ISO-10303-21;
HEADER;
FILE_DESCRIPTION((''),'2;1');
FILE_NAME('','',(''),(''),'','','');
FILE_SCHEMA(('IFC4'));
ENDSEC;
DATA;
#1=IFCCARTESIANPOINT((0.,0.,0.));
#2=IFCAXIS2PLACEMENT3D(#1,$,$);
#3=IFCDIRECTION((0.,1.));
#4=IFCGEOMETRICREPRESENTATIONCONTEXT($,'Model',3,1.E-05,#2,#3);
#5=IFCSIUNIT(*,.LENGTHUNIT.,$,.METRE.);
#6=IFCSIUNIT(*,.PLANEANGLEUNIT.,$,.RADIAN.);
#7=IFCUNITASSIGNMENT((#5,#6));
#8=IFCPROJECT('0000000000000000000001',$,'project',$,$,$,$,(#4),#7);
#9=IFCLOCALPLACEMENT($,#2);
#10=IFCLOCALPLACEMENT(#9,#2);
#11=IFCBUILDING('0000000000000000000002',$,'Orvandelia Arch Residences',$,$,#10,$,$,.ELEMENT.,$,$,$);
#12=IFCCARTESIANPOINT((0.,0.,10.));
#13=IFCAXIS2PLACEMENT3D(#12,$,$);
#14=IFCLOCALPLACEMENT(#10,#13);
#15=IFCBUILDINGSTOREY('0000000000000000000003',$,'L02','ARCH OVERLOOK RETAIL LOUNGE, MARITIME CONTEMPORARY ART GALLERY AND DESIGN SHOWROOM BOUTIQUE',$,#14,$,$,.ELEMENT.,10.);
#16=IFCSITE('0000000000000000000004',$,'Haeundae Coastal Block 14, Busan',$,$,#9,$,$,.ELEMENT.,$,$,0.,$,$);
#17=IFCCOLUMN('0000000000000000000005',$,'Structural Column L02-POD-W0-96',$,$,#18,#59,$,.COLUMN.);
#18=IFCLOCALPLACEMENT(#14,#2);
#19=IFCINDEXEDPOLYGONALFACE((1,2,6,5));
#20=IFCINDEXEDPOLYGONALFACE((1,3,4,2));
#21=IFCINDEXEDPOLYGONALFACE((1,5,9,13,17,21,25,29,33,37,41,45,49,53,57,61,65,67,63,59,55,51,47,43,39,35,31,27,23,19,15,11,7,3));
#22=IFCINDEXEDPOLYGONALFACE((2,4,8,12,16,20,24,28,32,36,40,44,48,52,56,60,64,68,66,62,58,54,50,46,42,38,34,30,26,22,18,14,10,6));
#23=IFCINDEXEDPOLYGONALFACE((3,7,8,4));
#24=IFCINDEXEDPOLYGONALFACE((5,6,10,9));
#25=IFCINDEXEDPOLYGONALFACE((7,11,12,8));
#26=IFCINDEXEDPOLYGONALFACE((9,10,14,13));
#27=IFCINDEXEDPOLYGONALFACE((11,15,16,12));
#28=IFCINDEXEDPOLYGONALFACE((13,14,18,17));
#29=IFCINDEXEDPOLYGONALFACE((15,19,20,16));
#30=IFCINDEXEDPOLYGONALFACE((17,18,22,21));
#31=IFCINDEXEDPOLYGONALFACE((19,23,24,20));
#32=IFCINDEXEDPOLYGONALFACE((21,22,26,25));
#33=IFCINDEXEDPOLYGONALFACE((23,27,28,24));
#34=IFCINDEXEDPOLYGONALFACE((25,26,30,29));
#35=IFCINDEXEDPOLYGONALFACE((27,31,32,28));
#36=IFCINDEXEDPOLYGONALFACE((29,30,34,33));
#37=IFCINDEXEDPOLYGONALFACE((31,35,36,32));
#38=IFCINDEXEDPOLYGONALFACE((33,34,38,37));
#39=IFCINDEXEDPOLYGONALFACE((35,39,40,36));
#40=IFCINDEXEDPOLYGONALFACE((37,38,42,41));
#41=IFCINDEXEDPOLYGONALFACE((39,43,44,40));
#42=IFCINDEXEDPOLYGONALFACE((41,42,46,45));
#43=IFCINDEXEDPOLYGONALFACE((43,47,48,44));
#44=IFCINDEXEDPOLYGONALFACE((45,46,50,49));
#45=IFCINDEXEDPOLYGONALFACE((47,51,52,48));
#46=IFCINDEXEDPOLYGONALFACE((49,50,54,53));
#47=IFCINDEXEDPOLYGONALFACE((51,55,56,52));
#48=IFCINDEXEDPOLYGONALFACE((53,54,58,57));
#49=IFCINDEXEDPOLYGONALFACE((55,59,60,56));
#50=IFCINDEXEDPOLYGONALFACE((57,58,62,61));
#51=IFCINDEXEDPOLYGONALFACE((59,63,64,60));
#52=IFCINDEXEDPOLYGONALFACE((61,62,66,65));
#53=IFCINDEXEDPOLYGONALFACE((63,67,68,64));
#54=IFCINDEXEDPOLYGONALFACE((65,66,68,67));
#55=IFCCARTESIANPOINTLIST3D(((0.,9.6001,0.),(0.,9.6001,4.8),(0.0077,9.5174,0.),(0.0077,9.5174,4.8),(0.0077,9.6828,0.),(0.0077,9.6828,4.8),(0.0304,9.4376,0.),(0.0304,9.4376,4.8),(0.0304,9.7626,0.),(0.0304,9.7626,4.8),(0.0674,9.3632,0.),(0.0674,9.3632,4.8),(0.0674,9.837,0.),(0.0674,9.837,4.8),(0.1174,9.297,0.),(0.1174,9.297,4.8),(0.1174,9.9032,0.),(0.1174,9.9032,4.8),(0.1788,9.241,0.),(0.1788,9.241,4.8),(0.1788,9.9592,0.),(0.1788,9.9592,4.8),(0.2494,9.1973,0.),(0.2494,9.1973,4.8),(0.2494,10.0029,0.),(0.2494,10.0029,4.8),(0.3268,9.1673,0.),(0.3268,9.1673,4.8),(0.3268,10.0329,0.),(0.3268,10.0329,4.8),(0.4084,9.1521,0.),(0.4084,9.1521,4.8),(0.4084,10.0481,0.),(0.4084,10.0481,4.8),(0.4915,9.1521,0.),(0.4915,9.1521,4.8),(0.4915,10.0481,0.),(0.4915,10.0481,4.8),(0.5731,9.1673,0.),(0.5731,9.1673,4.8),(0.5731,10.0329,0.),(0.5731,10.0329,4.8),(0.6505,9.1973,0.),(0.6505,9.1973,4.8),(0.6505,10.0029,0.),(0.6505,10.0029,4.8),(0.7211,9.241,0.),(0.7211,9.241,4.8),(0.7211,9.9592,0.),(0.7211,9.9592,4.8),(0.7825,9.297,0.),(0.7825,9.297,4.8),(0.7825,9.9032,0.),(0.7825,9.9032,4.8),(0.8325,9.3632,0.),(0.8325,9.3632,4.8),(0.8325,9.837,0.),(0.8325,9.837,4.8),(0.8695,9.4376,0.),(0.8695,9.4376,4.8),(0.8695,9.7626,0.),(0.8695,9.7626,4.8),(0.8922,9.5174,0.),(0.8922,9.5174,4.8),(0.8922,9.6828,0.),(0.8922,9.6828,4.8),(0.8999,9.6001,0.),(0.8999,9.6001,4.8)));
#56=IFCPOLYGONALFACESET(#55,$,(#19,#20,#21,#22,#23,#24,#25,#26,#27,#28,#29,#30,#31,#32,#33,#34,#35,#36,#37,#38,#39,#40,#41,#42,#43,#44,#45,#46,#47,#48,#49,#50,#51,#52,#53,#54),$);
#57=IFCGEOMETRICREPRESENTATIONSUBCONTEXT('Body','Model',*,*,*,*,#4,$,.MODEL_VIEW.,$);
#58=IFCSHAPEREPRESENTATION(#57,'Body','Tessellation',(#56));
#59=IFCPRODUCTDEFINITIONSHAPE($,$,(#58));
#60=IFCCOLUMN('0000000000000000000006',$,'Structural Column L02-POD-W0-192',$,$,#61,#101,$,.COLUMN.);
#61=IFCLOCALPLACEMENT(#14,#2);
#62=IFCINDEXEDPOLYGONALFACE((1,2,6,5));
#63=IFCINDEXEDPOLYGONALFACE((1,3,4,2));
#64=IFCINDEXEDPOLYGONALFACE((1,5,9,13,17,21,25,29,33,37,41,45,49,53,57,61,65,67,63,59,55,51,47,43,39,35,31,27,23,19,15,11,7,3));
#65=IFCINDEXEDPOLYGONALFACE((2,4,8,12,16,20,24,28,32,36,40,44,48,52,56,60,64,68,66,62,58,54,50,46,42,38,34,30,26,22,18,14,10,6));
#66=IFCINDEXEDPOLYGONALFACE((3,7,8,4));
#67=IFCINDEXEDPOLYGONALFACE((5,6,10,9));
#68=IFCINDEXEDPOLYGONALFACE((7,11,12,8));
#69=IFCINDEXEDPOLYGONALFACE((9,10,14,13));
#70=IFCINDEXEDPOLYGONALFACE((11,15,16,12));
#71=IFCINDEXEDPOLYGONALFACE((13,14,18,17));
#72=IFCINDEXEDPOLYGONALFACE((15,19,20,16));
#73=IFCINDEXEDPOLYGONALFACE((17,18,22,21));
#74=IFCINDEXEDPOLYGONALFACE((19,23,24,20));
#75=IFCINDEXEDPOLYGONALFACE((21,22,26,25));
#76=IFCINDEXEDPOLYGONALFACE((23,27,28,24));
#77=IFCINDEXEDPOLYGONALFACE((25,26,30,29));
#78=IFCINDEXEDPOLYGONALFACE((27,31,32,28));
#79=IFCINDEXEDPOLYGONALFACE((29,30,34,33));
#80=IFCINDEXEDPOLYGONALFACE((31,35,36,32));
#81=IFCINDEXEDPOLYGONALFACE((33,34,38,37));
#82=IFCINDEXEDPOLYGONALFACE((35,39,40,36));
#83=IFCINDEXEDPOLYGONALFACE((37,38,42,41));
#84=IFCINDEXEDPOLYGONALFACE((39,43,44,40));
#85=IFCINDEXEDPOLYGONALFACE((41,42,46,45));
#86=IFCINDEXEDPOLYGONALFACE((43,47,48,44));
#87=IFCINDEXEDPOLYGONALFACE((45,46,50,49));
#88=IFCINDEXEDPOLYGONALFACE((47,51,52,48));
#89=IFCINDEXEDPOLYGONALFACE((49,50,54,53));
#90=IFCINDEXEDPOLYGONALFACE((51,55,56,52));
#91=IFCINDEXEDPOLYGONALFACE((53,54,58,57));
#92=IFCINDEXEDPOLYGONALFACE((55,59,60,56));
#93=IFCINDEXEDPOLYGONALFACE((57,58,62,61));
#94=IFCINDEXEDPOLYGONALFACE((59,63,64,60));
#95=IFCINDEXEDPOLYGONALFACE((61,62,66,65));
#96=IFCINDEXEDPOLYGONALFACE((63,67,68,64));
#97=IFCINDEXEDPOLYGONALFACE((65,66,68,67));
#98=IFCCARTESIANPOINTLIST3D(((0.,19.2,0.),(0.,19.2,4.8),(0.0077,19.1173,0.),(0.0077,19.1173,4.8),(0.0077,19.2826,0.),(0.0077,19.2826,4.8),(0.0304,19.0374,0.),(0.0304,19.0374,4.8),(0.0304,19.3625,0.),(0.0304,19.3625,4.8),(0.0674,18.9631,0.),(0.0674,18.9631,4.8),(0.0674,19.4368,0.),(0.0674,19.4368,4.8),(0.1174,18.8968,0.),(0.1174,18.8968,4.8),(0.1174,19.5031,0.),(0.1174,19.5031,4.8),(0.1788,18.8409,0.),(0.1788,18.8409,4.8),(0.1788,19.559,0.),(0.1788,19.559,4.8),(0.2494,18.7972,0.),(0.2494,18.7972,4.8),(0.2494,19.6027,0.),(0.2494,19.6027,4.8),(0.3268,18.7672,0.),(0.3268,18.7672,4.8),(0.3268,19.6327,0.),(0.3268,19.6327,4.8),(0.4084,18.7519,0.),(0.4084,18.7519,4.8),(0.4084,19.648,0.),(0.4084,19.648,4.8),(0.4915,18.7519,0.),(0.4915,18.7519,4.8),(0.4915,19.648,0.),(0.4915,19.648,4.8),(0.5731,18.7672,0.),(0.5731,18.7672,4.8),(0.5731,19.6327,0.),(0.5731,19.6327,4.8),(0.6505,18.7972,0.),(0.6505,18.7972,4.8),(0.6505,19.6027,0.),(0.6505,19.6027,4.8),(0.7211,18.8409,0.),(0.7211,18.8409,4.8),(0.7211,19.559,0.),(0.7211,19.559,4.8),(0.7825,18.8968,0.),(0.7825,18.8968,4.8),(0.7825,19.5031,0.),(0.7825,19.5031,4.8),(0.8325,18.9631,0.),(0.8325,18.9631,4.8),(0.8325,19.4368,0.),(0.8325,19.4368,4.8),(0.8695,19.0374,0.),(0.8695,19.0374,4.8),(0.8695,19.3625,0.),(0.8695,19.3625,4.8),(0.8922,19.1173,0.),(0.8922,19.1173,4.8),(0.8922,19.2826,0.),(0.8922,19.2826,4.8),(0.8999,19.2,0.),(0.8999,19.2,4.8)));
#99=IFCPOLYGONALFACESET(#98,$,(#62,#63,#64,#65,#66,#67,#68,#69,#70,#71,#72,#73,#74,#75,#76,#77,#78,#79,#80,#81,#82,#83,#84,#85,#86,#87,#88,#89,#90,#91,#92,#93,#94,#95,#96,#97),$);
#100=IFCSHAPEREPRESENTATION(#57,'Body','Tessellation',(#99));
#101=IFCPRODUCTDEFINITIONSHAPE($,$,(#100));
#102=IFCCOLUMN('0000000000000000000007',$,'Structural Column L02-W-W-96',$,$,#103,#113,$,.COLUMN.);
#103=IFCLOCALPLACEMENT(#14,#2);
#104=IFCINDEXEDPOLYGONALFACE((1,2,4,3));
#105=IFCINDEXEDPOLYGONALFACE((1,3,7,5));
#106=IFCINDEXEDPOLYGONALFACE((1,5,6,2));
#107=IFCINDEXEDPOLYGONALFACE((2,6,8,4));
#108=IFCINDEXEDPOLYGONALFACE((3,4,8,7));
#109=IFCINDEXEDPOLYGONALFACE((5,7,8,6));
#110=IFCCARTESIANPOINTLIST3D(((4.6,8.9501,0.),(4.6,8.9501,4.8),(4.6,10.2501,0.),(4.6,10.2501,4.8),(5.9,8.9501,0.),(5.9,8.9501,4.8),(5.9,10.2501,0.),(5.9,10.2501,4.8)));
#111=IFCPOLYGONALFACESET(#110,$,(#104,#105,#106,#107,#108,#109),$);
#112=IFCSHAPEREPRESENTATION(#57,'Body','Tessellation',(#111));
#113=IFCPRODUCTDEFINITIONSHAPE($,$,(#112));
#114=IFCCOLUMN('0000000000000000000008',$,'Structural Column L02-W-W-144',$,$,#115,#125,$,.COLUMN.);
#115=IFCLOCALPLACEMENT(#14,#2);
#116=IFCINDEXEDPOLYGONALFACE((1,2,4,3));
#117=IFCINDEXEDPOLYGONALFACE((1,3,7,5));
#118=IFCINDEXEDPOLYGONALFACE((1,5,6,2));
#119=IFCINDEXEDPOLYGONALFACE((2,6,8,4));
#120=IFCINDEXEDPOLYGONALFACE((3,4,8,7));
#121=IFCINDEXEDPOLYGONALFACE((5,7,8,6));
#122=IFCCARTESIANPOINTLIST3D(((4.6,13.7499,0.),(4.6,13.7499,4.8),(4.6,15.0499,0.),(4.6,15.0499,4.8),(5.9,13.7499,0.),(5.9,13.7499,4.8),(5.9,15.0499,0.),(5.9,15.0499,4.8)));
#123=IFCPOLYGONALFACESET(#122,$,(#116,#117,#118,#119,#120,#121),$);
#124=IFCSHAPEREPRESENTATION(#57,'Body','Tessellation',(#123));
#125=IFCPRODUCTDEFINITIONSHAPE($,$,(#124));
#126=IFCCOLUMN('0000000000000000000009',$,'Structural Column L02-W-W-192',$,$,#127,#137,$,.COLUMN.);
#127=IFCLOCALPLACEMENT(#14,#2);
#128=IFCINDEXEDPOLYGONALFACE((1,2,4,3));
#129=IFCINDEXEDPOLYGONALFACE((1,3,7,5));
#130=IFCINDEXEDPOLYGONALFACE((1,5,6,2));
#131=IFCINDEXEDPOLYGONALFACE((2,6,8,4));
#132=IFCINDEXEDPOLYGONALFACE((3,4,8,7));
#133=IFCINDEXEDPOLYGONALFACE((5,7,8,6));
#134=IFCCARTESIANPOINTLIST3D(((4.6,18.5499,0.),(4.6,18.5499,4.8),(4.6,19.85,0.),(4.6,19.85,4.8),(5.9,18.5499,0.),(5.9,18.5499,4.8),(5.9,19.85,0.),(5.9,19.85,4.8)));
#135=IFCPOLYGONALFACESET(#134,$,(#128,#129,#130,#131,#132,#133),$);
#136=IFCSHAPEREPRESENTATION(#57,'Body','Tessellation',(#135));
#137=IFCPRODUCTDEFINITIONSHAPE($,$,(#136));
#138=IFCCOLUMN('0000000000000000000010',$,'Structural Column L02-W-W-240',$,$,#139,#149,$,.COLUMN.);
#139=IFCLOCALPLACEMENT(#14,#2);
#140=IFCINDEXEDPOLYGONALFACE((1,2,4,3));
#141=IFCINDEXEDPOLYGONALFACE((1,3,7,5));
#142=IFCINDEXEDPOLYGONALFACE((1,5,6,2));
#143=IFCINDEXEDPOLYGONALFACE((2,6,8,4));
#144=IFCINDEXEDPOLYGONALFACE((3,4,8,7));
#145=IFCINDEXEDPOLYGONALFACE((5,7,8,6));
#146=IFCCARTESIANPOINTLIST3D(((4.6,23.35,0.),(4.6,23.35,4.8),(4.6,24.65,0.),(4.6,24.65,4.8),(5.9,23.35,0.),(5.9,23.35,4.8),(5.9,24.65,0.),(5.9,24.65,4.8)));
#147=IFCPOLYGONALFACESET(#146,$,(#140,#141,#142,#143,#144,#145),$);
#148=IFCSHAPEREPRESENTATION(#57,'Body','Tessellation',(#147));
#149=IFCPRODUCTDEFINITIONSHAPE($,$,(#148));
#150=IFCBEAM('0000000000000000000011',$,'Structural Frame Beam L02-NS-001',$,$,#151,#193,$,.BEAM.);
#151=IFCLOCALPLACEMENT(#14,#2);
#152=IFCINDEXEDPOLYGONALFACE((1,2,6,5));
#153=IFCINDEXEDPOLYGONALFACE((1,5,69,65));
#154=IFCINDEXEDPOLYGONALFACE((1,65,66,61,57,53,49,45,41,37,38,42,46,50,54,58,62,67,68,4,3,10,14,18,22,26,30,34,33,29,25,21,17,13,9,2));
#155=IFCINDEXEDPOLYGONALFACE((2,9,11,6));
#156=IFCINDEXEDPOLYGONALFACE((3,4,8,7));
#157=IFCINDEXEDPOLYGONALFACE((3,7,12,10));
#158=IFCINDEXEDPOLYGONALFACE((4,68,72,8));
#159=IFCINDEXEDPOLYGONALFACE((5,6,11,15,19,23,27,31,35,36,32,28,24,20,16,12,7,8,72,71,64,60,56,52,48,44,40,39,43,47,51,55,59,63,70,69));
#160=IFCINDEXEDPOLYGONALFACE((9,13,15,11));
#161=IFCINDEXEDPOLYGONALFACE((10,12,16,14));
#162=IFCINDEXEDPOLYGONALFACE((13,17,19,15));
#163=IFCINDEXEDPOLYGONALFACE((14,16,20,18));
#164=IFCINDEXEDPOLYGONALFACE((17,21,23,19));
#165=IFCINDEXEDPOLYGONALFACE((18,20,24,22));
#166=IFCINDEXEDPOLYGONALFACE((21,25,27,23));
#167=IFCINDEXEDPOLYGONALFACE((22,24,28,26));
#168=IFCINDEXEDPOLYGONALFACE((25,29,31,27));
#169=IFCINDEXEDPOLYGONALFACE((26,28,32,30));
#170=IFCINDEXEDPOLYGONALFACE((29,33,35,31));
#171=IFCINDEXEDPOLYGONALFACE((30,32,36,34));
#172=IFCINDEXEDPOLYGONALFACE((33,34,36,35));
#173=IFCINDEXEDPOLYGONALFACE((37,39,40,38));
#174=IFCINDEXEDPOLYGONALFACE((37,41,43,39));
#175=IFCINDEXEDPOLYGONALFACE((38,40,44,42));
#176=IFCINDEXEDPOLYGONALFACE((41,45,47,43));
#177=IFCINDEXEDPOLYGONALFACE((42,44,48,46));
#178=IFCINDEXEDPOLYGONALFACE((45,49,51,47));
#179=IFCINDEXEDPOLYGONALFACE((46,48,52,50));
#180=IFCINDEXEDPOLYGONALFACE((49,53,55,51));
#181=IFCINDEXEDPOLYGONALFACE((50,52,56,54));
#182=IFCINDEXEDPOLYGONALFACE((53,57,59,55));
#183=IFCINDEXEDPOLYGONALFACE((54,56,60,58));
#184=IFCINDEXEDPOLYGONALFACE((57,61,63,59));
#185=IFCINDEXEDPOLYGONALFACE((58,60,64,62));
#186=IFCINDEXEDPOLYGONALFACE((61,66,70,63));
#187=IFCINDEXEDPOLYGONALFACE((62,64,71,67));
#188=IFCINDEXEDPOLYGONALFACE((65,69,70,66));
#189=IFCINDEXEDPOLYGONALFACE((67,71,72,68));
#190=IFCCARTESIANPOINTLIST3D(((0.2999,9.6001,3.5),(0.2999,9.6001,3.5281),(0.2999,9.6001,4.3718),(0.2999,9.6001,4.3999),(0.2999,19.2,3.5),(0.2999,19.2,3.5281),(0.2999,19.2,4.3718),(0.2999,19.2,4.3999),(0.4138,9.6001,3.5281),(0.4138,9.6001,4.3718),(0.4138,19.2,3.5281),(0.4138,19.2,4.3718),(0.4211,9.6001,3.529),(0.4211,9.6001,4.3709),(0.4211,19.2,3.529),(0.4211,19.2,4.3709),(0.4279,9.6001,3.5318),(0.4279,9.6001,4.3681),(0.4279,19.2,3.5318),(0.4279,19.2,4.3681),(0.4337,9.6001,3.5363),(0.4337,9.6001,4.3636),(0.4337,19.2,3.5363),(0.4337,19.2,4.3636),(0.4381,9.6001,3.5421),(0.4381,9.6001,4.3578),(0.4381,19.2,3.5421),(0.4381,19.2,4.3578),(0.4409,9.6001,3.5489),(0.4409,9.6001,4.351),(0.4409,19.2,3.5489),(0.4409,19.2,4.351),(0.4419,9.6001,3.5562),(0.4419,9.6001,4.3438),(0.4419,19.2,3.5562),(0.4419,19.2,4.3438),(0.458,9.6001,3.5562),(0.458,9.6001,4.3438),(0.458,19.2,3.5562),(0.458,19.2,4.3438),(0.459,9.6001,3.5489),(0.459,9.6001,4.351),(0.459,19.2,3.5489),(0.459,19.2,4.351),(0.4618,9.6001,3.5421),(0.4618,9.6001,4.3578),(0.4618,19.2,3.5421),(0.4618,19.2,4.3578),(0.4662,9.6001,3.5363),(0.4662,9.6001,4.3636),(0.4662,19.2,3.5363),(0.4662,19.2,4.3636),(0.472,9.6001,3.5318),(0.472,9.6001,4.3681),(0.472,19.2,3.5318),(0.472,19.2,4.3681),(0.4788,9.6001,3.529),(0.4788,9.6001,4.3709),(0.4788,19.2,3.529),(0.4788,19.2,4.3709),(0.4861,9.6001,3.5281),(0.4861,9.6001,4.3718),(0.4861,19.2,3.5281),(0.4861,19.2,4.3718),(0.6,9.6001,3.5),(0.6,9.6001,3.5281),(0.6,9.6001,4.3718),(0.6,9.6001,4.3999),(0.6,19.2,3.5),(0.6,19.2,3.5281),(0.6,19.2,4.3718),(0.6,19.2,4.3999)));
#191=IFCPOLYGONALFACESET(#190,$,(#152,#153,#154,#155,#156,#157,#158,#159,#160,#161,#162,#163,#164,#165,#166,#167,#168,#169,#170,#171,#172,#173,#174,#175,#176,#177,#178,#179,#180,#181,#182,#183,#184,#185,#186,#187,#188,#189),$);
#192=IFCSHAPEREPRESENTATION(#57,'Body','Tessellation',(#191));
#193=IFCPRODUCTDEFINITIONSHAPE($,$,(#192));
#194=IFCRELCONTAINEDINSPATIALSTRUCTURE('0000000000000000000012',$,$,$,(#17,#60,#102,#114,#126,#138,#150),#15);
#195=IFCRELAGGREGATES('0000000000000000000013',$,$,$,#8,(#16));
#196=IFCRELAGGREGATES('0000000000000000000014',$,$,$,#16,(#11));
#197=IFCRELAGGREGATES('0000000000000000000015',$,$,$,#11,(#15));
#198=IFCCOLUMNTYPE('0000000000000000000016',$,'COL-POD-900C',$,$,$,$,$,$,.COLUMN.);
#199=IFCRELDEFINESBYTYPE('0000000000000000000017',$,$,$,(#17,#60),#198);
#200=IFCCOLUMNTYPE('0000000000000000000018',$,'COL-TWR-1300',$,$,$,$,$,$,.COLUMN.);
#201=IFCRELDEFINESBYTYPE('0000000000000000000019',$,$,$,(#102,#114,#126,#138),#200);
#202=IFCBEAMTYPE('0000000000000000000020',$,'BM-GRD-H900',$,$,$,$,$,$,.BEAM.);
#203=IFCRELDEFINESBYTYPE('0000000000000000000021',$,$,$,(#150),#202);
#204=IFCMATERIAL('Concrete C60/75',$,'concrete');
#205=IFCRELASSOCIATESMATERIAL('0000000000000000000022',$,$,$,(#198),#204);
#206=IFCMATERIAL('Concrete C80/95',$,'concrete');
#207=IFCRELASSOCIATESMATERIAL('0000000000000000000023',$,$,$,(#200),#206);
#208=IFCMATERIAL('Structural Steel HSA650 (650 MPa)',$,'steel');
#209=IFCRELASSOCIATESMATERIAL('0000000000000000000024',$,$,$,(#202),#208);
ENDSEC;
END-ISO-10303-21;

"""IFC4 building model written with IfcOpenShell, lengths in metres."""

from ifc_helpers import new_model, si_unit, direction, frame, origin, origin_2d, place, context, subcontext, project, spatial, rectangle, circle, i_section, extrude, material, material_profile, profile_set, type_object, element, save


model = new_model("IFC4")

# Units and contexts
model_context = context("Model", 3, precision=1e-05, world=origin(), true_north=direction((0.0, 1.0)))
body_context = subcontext(model_context, "Body", "Model", "MODEL_VIEW")
ifc_project = project(units=[si_unit("LENGTHUNIT", "METRE"), si_unit("PLANEANGLEUNIT", "RADIAN")], contexts=[model_context])

# Site, building, storey
site_placement = place(None, origin())
site = spatial("IfcSite", under=ifc_project, at=site_placement, Name="Haeundae Coastal Block 14, Busan", CompositionType="ELEMENT", RefElevation=0.0)
building_placement = place(site_placement, origin())
building = spatial("IfcBuilding", under=site, at=building_placement, Name="Orvandelia Arch Residences", CompositionType="ELEMENT")
storey_placement = place(building_placement, frame((0.0, 0.0, 10.0)))
storey = spatial("IfcBuildingStorey", under=building, at=storey_placement, Name="L02", Description="ARCH OVERLOOK RETAIL LOUNGE, MARITIME CONTEMPORARY ART GALLERY AND DESIGN SHOWROOM BOUTIQUE", CompositionType="ELEMENT", Elevation=10.0)

# Columns
ifc_material_1 = material(Name="Concrete C60/75", Category="concrete")
ifc_material_profile_1 = material_profile(ifc_material_1, circle(Radius=0.45, at=origin_2d()), Name="Concrete C60/75", Category="concrete")
ifc_profile_set_1 = profile_set([ifc_material_profile_1], Name="Concrete C60/75")
column_type_1 = type_object("IfcColumnType", Name="COL-POD-900C", PredefinedType="COLUMN", material=ifc_profile_set_1)
for number, where, z_axis, x_axis, name in (
    (1, (0.45, 9.6001, 0.0), (0.0, 0.0, 1.0), (1.0, 0.0, 0.0), "Structural Column L02-POD-W0-96"),
    (2, (0.45, 19.2, 0.0), (0.0, 0.0, 1.0), (1.0, 0.0, 0.0), "Structural Column L02-POD-W0-192"),
):
    element("IfcColumn", number, at=place(storey_placement, frame(where, z_axis=z_axis, x_axis=x_axis)), inside=storey, type_object=column_type_1, Name=name, PredefinedType="COLUMN", context=body_context, shape_type="SweptSolid", body=[
        extrude(circle(Radius=0.45, at=origin_2d()), origin(), (0.0, 0.0, 1.0), 4.8),
    ])
ifc_material_2 = material(Name="Concrete C80/95", Category="concrete")
ifc_material_profile_2 = material_profile(ifc_material_2, rectangle(XDim=1.3, YDim=1.3, at=origin_2d()), Name="Concrete C80/95", Category="concrete")
ifc_profile_set_2 = profile_set([ifc_material_profile_2], Name="Concrete C80/95")
column_type_2 = type_object("IfcColumnType", Name="COL-TWR-1300", PredefinedType="COLUMN", material=ifc_profile_set_2)
for number, where, z_axis, x_axis, name in (
    (3, (5.25, 9.6001, 0.0), (0.0, 0.0, 1.0), (1.0, 0.0, 0.0), "Structural Column L02-W-W-96"),
    (4, (5.25, 14.3999, 0.0), (0.0, 0.0, 1.0), (1.0, 0.0, 0.0), "Structural Column L02-W-W-144"),
    (5, (5.25, 19.2, 0.0), (0.0, 0.0, 1.0), (1.0, 0.0, 0.0), "Structural Column L02-W-W-192"),
    (6, (5.25, 24.0, 0.0), (0.0, 0.0, 1.0), (1.0, 0.0, 0.0), "Structural Column L02-W-W-240"),
):
    element("IfcColumn", number, at=place(storey_placement, frame(where, z_axis=z_axis, x_axis=x_axis)), inside=storey, type_object=column_type_2, Name=name, PredefinedType="COLUMN", context=body_context, shape_type="SweptSolid", body=[
        extrude(rectangle(XDim=1.3, YDim=1.3, at=origin_2d()), origin(), (0.0, 0.0, 1.0), 4.8),
    ])

# Beam
ifc_material_3 = material(Name="Structural Steel HSA650 (650 MPa)", Category="steel")
ifc_material_profile_3 = material_profile(ifc_material_3, i_section(OverallWidth=0.3, OverallDepth=0.8999, WebThickness=0.0161, FlangeThickness=0.0281, FilletRadius=0.0281, at=origin_2d()), Name="Structural Steel HSA650 (650 MPa)", Category="steel")
ifc_profile_set_3 = profile_set([ifc_material_profile_3], Name="Structural Steel HSA650 (650 MPa)")
beam_type_1 = type_object("IfcBeamType", Name="BM-GRD-H900", PredefinedType="BEAM", material=ifc_profile_set_3)
beam_1_placement = place(storey_placement, frame((0.45, 9.6001, 3.95), z_axis=(0.0, 1.0, 0.0), x_axis=(-1.0, 0.0, 0.0)))
element("IfcBeam", 7, at=beam_1_placement, inside=storey, type_object=beam_type_1, Name="Structural Frame Beam L02-NS-001", PredefinedType="BEAM", context=body_context, shape_type="SweptSolid", body=[
    extrude(i_section(OverallWidth=0.3, OverallDepth=0.8999, WebThickness=0.0161, FlangeThickness=0.0281, FilletRadius=0.0281, at=origin_2d()), origin(), (0.0, 0.0, 1.0), 9.5999),
])

save(model, "model.ifc")
